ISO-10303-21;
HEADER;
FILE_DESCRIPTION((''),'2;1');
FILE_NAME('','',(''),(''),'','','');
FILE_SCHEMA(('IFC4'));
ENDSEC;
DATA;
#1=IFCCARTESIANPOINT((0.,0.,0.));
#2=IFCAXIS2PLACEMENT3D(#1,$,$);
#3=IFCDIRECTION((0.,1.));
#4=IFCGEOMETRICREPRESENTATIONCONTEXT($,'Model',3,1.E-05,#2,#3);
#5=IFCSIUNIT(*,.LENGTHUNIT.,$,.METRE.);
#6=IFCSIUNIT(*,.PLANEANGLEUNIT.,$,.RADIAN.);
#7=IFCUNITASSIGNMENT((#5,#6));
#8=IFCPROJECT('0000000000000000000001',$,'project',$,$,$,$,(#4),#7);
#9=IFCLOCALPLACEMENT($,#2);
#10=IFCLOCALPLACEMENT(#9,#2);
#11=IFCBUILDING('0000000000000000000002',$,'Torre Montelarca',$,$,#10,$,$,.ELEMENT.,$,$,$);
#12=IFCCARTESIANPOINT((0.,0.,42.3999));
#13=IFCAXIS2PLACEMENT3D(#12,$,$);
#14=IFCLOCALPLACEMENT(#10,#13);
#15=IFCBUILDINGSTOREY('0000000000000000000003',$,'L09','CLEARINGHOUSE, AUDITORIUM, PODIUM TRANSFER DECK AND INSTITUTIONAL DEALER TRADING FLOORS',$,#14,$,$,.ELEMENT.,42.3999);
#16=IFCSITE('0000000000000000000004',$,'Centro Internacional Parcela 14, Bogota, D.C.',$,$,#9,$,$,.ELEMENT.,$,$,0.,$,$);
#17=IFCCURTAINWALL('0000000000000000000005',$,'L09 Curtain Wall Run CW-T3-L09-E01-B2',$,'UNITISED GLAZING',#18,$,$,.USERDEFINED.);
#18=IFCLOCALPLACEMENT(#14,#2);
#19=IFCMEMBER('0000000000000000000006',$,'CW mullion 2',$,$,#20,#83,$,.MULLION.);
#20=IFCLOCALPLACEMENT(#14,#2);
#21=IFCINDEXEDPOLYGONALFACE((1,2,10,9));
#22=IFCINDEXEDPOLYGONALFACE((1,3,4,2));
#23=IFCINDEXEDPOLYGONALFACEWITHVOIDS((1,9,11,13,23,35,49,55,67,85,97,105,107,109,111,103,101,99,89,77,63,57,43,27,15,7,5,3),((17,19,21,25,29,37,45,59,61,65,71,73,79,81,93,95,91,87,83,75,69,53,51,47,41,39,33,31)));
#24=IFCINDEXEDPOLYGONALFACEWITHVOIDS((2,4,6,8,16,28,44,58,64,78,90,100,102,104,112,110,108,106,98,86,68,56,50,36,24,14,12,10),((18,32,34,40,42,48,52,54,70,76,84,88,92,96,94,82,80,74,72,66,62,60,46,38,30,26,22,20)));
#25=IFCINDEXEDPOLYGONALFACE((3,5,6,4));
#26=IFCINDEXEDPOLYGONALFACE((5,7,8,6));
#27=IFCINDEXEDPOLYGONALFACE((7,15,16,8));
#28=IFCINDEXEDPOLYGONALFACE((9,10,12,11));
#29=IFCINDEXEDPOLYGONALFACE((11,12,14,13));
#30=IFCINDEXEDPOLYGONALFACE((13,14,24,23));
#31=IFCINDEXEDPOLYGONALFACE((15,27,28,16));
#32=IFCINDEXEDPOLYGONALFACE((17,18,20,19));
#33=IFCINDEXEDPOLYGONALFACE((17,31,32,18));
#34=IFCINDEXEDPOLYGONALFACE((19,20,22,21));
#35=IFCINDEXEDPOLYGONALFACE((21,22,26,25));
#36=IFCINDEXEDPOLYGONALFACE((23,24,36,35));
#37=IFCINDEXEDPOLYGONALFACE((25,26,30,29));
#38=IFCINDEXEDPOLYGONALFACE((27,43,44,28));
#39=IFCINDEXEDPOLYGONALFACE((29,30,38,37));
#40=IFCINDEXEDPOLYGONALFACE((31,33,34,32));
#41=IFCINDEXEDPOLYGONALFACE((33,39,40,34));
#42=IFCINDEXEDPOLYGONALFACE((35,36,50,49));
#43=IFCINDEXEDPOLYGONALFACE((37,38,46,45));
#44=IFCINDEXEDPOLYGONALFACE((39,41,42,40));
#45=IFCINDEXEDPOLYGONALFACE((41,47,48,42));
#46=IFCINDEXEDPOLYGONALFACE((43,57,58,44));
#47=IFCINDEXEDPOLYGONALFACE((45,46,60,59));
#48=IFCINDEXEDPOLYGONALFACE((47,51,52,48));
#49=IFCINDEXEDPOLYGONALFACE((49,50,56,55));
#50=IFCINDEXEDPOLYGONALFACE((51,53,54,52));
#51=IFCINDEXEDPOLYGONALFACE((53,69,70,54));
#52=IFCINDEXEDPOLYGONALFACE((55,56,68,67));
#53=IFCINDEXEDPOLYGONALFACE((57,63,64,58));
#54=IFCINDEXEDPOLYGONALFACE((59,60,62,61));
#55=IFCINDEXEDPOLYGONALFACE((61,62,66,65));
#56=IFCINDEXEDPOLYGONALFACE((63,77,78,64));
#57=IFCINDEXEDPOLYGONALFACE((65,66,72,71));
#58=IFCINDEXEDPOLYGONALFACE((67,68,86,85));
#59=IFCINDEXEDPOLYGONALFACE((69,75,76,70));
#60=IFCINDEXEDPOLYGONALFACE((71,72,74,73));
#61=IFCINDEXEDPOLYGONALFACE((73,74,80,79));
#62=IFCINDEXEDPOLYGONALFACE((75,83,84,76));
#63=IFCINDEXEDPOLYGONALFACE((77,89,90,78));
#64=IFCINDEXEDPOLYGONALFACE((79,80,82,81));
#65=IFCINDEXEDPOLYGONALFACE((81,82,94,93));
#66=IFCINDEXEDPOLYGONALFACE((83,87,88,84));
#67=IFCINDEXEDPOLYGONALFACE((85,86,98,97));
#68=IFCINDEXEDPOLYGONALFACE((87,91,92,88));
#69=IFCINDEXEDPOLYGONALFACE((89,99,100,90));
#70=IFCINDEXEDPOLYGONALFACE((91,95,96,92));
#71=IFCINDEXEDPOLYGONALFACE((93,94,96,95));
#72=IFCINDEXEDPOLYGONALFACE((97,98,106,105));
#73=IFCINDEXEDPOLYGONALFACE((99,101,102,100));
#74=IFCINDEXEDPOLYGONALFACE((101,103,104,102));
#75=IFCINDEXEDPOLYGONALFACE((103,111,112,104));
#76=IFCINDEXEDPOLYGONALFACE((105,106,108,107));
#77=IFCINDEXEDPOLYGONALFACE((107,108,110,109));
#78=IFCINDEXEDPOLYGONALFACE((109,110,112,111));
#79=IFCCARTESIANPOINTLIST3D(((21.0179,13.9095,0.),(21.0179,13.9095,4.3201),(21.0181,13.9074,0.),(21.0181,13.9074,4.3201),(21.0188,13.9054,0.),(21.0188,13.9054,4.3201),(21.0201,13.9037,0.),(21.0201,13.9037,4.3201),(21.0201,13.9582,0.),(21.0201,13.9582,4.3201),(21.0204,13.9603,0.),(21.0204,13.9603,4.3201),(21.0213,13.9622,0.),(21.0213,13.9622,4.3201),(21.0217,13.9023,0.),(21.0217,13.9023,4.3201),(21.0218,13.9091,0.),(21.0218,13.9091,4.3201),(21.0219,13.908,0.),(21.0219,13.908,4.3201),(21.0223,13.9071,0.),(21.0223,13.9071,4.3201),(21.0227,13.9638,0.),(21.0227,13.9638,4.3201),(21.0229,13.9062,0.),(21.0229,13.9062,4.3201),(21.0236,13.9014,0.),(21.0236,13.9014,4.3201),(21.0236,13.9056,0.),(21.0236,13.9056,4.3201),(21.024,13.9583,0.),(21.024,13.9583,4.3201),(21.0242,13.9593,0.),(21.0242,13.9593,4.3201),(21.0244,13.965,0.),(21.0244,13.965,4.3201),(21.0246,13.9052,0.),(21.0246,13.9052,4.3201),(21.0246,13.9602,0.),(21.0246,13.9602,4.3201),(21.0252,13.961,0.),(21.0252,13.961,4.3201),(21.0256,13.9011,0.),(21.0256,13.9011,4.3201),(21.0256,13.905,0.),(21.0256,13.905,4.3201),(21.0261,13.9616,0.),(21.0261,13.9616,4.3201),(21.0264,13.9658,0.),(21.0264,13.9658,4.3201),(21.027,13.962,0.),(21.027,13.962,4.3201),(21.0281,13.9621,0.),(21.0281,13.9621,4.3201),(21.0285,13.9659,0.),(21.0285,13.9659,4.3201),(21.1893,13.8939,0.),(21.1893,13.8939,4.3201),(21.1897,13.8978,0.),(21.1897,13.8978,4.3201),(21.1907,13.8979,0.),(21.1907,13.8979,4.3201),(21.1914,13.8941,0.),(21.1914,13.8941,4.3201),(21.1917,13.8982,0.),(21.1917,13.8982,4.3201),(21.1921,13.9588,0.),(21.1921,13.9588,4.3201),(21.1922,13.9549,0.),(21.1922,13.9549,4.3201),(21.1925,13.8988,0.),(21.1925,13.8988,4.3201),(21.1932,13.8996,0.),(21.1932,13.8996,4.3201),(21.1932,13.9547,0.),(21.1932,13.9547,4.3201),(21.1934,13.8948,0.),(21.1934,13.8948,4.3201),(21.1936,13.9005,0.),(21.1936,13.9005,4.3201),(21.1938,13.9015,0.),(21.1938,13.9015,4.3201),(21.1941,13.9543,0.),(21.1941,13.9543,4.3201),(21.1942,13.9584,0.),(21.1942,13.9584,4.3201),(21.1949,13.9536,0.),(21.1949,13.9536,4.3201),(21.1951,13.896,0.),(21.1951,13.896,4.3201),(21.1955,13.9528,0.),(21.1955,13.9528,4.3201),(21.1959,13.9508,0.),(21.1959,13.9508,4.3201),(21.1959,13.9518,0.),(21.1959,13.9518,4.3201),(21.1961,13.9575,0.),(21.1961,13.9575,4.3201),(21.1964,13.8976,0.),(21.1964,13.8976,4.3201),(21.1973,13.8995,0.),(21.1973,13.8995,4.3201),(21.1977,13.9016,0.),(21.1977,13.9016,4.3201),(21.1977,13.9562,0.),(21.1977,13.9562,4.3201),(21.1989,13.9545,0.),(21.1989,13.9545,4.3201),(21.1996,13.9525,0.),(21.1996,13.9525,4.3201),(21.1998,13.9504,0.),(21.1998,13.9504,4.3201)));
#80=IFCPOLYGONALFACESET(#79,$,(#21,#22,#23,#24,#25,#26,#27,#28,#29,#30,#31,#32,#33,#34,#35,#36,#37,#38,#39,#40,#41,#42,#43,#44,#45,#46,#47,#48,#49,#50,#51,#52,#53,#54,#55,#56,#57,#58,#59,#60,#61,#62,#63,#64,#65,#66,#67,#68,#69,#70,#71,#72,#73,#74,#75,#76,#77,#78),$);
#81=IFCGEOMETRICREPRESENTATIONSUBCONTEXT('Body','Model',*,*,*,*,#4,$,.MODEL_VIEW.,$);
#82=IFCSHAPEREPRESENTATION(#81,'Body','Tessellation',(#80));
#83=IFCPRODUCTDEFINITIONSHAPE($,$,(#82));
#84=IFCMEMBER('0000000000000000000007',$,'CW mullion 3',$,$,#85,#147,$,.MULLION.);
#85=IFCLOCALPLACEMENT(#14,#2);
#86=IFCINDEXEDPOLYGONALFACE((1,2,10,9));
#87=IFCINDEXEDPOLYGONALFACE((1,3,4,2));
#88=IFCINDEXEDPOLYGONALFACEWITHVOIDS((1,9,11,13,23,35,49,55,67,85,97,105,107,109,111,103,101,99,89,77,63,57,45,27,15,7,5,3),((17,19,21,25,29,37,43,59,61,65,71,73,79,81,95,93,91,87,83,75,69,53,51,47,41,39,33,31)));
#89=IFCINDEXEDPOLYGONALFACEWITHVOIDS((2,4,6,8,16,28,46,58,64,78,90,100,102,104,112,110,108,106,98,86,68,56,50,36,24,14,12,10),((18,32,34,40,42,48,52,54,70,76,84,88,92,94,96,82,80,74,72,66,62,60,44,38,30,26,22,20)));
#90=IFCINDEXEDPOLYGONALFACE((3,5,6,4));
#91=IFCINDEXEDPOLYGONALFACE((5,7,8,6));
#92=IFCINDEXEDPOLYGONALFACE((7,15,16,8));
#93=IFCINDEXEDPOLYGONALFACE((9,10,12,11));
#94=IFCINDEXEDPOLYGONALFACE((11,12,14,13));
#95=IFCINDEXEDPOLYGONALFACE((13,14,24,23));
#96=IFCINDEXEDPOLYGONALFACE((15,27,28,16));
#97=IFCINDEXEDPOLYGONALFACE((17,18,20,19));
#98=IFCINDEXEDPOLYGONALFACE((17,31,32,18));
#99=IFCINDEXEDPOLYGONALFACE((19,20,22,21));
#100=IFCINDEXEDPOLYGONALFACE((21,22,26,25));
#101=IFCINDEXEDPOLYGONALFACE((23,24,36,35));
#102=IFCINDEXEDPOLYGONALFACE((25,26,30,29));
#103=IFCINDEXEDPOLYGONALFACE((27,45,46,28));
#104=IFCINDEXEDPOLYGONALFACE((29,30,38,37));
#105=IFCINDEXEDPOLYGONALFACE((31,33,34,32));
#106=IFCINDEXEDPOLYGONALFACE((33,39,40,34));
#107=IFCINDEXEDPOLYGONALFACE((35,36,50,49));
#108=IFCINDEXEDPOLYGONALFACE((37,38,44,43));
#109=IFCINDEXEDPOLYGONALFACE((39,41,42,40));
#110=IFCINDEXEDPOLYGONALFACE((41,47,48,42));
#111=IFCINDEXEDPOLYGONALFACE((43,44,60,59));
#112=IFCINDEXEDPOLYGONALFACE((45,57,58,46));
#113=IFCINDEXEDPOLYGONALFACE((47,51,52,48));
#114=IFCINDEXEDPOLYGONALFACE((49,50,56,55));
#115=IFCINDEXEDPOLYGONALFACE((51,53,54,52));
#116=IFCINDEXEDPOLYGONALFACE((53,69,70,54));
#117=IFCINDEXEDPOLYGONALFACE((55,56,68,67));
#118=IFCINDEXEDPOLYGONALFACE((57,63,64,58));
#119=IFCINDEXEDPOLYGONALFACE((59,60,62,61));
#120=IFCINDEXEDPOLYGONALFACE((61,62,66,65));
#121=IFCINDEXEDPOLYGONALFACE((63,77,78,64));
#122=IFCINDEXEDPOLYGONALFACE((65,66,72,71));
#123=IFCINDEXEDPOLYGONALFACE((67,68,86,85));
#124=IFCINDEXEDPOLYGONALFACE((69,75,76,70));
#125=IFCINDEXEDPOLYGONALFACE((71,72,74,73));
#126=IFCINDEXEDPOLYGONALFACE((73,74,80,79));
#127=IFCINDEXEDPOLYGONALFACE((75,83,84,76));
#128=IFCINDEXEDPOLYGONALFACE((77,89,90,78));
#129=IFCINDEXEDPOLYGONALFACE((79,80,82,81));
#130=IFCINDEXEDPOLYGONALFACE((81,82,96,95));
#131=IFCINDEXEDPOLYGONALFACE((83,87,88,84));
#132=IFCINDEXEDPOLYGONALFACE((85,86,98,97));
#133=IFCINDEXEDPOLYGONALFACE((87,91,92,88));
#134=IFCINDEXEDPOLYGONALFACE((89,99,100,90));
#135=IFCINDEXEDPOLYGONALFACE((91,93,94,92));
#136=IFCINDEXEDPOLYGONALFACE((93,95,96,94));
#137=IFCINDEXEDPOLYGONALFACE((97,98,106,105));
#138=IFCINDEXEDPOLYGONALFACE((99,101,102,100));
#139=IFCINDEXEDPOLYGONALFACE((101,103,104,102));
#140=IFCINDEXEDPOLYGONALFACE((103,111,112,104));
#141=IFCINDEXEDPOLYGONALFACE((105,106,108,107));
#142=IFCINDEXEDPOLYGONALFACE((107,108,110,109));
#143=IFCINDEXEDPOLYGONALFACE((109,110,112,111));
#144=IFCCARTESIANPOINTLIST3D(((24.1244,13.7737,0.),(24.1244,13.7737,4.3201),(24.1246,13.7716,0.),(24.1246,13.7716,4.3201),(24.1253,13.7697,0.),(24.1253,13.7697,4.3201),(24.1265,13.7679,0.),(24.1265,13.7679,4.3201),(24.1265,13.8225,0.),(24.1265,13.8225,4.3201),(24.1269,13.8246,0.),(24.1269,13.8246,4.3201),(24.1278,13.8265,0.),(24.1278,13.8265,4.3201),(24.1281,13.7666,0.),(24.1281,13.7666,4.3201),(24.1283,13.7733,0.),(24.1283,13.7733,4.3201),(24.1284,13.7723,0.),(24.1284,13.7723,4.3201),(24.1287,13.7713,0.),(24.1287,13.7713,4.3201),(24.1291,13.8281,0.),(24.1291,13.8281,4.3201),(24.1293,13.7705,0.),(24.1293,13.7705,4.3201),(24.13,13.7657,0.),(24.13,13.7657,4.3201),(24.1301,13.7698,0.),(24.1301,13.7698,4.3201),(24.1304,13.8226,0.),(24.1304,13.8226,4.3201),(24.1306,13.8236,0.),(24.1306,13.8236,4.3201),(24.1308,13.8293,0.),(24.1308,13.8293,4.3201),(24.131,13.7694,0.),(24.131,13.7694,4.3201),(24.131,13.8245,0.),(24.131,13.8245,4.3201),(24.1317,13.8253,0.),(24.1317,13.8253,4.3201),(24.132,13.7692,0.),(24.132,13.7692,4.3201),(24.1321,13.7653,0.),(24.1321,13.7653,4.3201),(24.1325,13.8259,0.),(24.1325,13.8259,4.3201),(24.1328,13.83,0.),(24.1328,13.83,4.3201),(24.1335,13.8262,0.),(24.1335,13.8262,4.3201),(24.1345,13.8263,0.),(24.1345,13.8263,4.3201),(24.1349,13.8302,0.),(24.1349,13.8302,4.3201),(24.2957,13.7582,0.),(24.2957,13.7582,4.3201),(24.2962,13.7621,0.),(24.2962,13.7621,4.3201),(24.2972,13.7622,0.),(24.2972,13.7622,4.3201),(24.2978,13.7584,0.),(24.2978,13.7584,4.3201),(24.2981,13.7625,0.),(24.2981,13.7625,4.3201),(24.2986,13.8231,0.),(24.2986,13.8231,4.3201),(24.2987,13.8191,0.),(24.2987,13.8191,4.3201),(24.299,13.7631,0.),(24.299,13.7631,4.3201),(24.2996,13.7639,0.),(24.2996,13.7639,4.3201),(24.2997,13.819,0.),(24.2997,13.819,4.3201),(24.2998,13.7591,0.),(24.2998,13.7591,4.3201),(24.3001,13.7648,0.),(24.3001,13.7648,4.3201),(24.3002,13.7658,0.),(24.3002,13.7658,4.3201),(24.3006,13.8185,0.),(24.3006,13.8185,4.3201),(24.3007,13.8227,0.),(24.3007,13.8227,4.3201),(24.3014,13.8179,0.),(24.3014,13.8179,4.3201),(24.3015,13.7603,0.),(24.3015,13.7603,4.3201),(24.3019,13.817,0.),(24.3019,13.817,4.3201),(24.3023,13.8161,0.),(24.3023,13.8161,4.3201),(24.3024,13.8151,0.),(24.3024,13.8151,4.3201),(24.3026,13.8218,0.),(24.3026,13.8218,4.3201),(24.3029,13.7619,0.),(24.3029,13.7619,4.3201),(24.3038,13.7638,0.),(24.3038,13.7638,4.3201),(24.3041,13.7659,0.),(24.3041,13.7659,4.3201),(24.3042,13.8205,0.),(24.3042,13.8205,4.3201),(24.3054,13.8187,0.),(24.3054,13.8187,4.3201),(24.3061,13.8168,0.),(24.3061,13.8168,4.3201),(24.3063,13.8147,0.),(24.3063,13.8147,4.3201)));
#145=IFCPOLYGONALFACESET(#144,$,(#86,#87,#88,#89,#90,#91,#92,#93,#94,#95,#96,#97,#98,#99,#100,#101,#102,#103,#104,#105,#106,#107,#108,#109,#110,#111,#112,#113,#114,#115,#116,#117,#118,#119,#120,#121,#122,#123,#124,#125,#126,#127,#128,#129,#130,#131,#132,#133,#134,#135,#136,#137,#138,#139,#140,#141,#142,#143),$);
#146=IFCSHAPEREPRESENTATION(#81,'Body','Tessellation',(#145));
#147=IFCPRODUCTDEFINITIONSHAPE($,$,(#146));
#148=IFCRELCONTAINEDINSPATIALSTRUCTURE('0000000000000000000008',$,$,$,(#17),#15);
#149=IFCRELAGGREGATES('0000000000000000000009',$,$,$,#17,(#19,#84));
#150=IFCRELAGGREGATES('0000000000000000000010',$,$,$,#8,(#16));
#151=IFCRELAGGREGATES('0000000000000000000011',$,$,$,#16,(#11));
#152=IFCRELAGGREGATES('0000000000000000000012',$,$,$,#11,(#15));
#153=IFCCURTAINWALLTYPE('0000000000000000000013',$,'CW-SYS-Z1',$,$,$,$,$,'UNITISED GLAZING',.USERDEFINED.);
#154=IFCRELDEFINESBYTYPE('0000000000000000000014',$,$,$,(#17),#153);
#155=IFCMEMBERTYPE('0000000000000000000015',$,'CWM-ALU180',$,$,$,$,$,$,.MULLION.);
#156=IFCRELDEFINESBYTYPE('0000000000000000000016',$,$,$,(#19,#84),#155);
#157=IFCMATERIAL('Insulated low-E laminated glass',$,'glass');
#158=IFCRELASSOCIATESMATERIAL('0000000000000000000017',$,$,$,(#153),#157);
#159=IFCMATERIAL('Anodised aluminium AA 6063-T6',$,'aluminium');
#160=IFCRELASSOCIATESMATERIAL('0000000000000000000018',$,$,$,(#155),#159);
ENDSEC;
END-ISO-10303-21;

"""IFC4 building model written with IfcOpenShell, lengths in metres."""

from ifc_helpers import new_model, si_unit, direction, frame, origin, origin_2d, place, context, subcontext, project, spatial, hollow_rectangle, extrude, source, transform, mapped, material, material_profile, profile_set, type_object, element, aggregate, save


model = new_model("IFC4")

# Units and contexts
model_context = context("Model", 3, precision=1e-05, world=origin(), true_north=direction((0.0, 1.0)))
body_context = subcontext(model_context, "Body", "Model", "MODEL_VIEW")
ifc_project = project(units=[si_unit("LENGTHUNIT", "METRE"), si_unit("PLANEANGLEUNIT", "RADIAN")], contexts=[model_context])

# Site, building, storey
site_placement = place(None, origin())
site = spatial("IfcSite", under=ifc_project, at=site_placement, Name="Centro Internacional Parcela 14, Bogota, D.C.", CompositionType="ELEMENT", RefElevation=0.0)
building_placement = place(site_placement, origin())
building = spatial("IfcBuilding", under=site, at=building_placement, Name="Torre Montelarca", CompositionType="ELEMENT")
storey_placement = place(building_placement, frame((0.0, 0.0, 42.3999)))
storey = spatial("IfcBuildingStorey", under=building, at=storey_placement, Name="L09", Description="CLEARINGHOUSE, AUDITORIUM, PODIUM TRANSFER DECK AND INSTITUTIONAL DEALER TRADING FLOORS", CompositionType="ELEMENT", Elevation=42.3999)

# Curtain wall, members
ifc_material_1 = material(Name="Insulated low-E laminated glass", Category="glass")
curtain_wall_type = type_object("IfcCurtainWallType", Name="CW-SYS-Z1", ElementType="UNITISED GLAZING", PredefinedType="USERDEFINED", material=ifc_material_1)
curtain_wall_1_placement = place(storey_placement, origin())
curtain_wall_1 = element("IfcCurtainWall", 1, at=curtain_wall_1_placement, inside=storey, type_object=curtain_wall_type, Name="L09 Curtain Wall Run CW-T3-L09-E01-B2", ObjectType="UNITISED GLAZING", PredefinedType="USERDEFINED")
ifc_material_2 = material(Name="Anodised aluminium AA 6063-T6", Category="aluminium")
ifc_material_profile_1 = material_profile(ifc_material_2, hollow_rectangle(XDim=0.0649, YDim=0.1799, WallThickness=0.0039, InnerFilletRadius=0.0039, OuterFilletRadius=0.0081, at=origin_2d()), Name="ALU65X180X4", Category="aluminium")
ifc_profile_set_1 = profile_set([ifc_material_profile_1], Name="Anodised aluminium AA 6063-T6")
member_type_1 = type_object("IfcMemberType", Name="CWM-ALU180", PredefinedType="MULLION", material=ifc_profile_set_1)
shared_shape_1 = source(origin(), body_context, "Body", "SweptSolid", [
    extrude(hollow_rectangle(XDim=0.0649, YDim=0.1799, WallThickness=0.0039, InnerFilletRadius=0.0039, OuterFilletRadius=0.0081, at=origin_2d()), origin(), (0.0, 0.0, 1.0), 4.3201),
])
member_1_placement = place(storey_placement, frame((21.1089, 13.9299, 0.0), z_axis=(0.0, 0.0, 1.0), x_axis=(0.04362, 0.999048, 0.0)))
member_1 = element("IfcMember", 2, at=member_1_placement, type_object=member_type_1, Name="CW mullion 2", PredefinedType="MULLION", context=body_context, shape_type="MappedRepresentation", body=[
    mapped(shared_shape_1, transform((0.0, 0.0, 0.0), scale=1.0)),
])
member_2_placement = place(storey_placement, frame((24.2153, 13.7942, 0.0), z_axis=(0.0, 0.0, 1.0), x_axis=(0.04362, 0.999048, 0.0)))
member_2 = element("IfcMember", 3, at=member_2_placement, type_object=member_type_1, Name="CW mullion 3", PredefinedType="MULLION", context=body_context, shape_type="MappedRepresentation", body=[
    mapped(shared_shape_1, transform((0.0, 0.0, 0.0), scale=1.0)),
])

aggregate(curtain_wall_1, [member_1, member_2])

save(model, "model.ifc")
